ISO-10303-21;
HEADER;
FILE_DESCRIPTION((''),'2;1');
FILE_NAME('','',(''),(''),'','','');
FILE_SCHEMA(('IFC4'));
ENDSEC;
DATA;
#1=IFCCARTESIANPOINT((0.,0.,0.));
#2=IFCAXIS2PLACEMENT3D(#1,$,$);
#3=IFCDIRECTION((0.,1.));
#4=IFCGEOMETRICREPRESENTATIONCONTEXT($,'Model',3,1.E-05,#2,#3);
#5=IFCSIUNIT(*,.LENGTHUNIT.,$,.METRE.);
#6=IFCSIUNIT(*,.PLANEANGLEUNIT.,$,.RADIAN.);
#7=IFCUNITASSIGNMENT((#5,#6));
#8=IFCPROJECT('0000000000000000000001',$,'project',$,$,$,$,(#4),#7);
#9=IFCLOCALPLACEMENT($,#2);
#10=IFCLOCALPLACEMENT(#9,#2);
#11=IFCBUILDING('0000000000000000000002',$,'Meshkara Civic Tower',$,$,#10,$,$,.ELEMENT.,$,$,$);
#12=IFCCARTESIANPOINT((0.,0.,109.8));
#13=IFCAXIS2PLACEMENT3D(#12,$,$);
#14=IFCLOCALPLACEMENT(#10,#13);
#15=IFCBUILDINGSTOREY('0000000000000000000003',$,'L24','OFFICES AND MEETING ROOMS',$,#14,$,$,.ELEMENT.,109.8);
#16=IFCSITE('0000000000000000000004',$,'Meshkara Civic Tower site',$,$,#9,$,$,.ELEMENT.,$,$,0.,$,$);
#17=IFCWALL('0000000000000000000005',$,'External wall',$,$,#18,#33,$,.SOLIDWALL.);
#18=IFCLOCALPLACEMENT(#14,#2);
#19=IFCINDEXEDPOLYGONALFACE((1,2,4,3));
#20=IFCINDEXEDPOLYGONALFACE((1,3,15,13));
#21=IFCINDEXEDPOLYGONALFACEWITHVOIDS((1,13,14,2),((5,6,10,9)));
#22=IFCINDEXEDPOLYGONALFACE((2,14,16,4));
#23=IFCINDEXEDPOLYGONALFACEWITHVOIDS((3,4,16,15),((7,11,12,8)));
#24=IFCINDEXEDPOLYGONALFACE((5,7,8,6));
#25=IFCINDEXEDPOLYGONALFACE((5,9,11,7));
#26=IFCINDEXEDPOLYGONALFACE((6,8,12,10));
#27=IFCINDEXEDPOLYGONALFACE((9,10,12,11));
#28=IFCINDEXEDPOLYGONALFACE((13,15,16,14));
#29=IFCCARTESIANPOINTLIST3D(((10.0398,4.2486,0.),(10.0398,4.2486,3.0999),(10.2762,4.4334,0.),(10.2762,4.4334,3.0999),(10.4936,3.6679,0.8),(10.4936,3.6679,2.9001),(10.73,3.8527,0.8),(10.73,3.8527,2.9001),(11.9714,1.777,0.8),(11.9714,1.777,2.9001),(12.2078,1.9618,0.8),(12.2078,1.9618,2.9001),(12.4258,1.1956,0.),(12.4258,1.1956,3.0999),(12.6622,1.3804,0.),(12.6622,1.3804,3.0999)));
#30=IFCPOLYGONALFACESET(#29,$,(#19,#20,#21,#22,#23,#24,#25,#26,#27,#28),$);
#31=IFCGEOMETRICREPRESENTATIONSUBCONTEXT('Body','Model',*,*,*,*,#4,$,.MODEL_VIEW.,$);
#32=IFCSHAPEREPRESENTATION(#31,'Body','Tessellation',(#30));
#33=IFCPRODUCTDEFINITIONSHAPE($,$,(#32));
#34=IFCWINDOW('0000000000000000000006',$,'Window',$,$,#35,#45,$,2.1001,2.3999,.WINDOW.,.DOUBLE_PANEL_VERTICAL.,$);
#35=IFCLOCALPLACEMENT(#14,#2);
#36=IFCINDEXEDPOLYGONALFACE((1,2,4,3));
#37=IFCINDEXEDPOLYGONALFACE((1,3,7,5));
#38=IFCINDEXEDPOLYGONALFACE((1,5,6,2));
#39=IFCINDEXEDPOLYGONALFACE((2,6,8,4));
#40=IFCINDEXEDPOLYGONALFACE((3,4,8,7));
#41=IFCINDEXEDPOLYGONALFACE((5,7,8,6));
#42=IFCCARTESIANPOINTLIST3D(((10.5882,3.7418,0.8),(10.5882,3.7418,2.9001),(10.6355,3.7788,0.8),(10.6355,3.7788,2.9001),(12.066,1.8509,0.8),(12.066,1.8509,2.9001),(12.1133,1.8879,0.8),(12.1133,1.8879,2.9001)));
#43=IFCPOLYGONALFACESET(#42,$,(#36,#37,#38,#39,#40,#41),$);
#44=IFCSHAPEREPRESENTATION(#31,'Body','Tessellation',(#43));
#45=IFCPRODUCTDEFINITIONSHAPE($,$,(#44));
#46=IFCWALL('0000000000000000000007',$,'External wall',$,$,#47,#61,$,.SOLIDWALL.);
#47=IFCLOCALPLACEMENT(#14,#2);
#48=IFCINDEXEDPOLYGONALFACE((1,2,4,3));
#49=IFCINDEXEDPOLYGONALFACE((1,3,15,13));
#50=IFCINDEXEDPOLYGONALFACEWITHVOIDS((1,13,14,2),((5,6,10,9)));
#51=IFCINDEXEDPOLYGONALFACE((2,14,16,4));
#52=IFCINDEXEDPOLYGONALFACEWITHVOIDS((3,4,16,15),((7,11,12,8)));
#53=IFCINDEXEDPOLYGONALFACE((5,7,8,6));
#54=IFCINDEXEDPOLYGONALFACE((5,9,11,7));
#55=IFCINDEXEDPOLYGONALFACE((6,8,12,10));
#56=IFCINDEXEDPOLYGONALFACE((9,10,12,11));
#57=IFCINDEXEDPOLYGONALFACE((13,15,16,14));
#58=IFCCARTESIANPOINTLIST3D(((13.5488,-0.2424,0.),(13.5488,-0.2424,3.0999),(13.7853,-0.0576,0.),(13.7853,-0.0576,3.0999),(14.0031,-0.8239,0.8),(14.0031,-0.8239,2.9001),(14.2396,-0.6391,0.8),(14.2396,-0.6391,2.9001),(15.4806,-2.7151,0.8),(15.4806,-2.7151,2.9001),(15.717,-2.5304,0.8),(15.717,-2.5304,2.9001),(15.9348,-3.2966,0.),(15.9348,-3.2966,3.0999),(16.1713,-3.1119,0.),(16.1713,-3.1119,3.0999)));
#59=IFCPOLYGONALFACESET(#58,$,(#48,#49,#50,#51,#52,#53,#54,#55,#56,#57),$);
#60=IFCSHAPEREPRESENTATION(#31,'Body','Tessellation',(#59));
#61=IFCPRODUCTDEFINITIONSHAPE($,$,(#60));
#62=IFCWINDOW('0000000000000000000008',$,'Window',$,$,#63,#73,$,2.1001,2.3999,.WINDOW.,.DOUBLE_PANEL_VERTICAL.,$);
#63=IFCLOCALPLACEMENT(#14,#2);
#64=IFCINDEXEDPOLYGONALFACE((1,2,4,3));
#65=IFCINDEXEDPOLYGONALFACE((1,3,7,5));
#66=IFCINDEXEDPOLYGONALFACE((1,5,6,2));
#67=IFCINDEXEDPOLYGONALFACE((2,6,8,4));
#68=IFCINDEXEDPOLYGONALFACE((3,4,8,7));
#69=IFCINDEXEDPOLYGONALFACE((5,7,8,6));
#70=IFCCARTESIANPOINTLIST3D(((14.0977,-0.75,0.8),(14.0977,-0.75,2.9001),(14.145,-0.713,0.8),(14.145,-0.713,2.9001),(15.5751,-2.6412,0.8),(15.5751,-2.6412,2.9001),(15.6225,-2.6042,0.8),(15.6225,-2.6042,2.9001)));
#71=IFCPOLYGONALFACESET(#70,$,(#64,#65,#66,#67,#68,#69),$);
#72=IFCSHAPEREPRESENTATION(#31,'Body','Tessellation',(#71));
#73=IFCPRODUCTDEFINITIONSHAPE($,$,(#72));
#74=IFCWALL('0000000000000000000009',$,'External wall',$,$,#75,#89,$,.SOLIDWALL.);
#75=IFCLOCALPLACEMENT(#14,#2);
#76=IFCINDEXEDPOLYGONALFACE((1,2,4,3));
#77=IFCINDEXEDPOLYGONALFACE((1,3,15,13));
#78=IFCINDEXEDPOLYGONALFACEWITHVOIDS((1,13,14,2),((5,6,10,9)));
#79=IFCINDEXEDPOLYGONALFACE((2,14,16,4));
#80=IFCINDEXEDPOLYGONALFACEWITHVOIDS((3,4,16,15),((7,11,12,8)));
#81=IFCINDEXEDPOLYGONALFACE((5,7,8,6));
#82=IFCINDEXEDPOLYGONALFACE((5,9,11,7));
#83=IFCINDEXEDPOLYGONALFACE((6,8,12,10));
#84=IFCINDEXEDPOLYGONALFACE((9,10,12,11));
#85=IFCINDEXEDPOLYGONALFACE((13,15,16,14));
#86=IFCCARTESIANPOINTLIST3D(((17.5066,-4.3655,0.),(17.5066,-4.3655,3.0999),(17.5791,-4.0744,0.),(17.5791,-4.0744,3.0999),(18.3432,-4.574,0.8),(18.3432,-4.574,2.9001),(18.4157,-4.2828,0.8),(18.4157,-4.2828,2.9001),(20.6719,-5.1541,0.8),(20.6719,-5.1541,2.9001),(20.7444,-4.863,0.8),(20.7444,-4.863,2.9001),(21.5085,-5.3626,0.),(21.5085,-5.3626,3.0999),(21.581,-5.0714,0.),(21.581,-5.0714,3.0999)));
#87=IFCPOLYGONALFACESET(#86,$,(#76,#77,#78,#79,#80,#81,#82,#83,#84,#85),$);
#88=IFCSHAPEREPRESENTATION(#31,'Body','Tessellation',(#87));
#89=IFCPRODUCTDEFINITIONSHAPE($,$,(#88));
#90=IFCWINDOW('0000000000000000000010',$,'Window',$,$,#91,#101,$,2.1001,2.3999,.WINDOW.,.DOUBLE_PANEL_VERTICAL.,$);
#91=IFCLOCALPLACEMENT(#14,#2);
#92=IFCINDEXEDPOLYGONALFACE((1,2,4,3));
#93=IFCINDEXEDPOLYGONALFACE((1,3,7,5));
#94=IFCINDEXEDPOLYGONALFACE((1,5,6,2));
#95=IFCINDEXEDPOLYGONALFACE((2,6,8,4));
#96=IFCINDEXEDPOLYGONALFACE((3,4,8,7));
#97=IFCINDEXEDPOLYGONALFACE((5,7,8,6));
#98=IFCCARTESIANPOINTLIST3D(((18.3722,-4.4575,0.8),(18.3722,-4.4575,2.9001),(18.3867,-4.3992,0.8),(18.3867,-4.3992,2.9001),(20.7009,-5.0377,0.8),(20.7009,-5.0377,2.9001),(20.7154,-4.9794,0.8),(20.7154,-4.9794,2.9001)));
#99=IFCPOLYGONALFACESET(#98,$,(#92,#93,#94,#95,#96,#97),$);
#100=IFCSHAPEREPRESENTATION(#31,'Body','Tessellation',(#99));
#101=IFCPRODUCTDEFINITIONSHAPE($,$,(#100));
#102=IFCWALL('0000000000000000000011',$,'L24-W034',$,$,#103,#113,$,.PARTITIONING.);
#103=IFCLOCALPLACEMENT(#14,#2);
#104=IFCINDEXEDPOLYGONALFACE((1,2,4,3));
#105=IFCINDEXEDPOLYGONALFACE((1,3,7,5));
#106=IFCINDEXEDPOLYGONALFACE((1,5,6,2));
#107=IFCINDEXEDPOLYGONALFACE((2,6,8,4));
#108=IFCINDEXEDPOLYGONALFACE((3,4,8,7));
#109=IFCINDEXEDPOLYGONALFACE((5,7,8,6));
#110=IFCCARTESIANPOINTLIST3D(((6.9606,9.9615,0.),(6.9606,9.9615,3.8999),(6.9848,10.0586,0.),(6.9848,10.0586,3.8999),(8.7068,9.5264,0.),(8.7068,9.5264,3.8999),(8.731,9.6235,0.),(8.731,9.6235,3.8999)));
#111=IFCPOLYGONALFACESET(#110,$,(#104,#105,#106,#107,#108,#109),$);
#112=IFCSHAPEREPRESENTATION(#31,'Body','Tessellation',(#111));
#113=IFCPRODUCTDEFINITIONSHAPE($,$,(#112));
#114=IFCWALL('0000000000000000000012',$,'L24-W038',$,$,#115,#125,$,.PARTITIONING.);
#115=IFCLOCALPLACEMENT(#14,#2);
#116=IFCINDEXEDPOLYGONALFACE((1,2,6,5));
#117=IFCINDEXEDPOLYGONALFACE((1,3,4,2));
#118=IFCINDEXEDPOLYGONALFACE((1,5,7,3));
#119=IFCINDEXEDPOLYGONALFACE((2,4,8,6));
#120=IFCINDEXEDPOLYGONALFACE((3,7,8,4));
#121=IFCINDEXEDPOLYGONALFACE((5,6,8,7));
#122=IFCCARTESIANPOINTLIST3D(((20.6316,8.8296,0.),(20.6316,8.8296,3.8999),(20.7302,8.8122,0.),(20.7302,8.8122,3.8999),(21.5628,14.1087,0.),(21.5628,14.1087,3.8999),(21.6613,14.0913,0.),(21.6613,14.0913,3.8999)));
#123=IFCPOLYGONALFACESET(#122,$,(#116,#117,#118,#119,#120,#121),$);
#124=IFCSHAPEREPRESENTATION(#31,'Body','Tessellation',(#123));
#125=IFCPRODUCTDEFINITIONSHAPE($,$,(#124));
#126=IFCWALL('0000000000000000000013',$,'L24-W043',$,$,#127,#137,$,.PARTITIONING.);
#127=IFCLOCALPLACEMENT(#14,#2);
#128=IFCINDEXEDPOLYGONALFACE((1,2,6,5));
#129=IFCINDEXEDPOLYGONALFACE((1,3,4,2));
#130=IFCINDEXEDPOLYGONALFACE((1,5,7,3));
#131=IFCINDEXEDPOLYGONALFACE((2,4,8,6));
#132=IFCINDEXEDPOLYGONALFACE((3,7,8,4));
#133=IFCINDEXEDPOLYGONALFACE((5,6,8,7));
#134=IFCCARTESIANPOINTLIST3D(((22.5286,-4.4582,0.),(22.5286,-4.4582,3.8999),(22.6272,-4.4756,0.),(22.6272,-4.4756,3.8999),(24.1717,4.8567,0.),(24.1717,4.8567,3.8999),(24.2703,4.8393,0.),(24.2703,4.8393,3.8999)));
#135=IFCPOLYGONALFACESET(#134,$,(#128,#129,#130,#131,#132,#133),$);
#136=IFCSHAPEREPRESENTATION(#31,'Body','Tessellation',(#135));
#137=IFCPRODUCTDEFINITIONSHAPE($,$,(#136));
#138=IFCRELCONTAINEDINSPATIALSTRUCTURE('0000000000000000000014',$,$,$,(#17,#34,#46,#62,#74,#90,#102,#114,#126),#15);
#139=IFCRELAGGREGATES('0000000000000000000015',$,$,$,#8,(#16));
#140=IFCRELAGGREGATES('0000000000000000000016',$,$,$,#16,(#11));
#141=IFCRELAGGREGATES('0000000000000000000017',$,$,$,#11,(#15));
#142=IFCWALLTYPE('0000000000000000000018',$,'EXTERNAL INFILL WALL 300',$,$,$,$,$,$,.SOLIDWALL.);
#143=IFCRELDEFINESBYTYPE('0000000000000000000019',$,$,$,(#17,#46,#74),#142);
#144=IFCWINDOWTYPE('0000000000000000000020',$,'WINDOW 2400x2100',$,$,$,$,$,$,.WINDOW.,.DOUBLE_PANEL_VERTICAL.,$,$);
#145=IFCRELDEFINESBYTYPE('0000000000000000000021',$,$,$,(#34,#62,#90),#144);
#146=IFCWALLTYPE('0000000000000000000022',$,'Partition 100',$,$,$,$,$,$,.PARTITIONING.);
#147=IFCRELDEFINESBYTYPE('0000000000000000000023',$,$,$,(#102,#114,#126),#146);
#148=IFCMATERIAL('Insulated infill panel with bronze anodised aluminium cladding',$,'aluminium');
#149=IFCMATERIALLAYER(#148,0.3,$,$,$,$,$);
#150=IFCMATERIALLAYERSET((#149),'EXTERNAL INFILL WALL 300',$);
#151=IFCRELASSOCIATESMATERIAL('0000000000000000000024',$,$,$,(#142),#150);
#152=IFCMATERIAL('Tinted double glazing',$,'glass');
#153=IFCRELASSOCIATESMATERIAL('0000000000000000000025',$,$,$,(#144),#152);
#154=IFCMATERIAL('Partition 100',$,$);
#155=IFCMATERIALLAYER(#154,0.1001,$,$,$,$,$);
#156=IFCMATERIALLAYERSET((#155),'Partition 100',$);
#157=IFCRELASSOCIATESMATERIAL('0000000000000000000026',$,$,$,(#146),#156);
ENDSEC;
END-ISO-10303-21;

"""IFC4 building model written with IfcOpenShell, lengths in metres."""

from ifc_helpers import new_model, si_unit, direction, frame, frame_2d, origin, place, context, subcontext, project, spatial, rectangle, extrude, material, layer, layer_set, type_object, element, fill, save


model = new_model("IFC4")

# Units and contexts
model_context = context("Model", 3, precision=1e-05, world=origin(), true_north=direction((0.0, 1.0)))
body_context = subcontext(model_context, "Body", "Model", "MODEL_VIEW")
ifc_project = project(units=[si_unit("LENGTHUNIT", "METRE"), si_unit("PLANEANGLEUNIT", "RADIAN")], contexts=[model_context])

# Site, building, storey
site_placement = place(None, origin())
site = spatial("IfcSite", under=ifc_project, at=site_placement, Name="Meshkara Civic Tower site", CompositionType="ELEMENT", RefElevation=0.0)
building_placement = place(site_placement, origin())
building = spatial("IfcBuilding", under=site, at=building_placement, Name="Meshkara Civic Tower", CompositionType="ELEMENT")
storey_placement = place(building_placement, frame((0.0, 0.0, 109.8)))
storey = spatial("IfcBuildingStorey", under=building, at=storey_placement, Name="L24", Description="OFFICES AND MEETING ROOMS", CompositionType="ELEMENT", Elevation=109.8)

# Walls, openings, windows
ifc_material_1 = material(Name="Insulated infill panel with bronze anodised aluminium cladding", Category="aluminium")
ifc_layer_1 = layer(ifc_material_1, 0.3)
ifc_layer_set_1 = layer_set([ifc_layer_1], Name="EXTERNAL INFILL WALL 300")
wall_type_1 = type_object("IfcWallType", Name="EXTERNAL INFILL WALL 300", PredefinedType="SOLIDWALL", material=ifc_layer_set_1)
wall_1_placement = place(storey_placement, frame((10.158, 4.3411, 0.0), z_axis=(0.0, 0.0, 1.0), x_axis=(0.61578, -0.787918, 0.0)))
wall_1 = element("IfcWall", 1, at=wall_1_placement, inside=storey, type_object=wall_type_1, Name="External wall", PredefinedType="SOLIDWALL", context=body_context, shape_type="SweptSolid", body=[
    extrude(rectangle(XDim=3.8748, YDim=0.3, at=frame_2d((1.9375, 0.0))), origin(), (0.0, 0.0, 1.0), 3.0999),
])
opening_1_placement = place(wall_1_placement, frame((0.7371, 0.0, 0.8)))
opening_1 = element("IfcOpeningElement", 2, at=opening_1_placement, cuts=wall_1, PredefinedType="OPENING", context=body_context, shape_type="SweptSolid", body=[
    extrude(rectangle(XDim=2.3999, YDim=2.1001, at=frame_2d((1.2, 1.05))), frame((0.0, 0.1599, 0.0), z_axis=(0.0, -1.0, 0.0), x_axis=(1.0, 0.0, 0.0)), (0.0, 0.0, 1.0), 0.3201),
])
ifc_material_2 = material(Name="Tinted double glazing", Category="glass")
window_type = type_object("IfcWindowType", Name="WINDOW 2400x2100", PartitioningType="DOUBLE_PANEL_VERTICAL", PredefinedType="WINDOW", material=ifc_material_2)
window_1_placement = place(opening_1_placement, origin())
window_1 = element("IfcWindow", 3, at=window_1_placement, inside=storey, type_object=window_type, Name="Window", OverallHeight=2.1001, OverallWidth=2.3999, PartitioningType="DOUBLE_PANEL_VERTICAL", PredefinedType="WINDOW", context=body_context, shape_type="SweptSolid", body=[
    extrude(rectangle(XDim=2.3999, YDim=2.1001, at=frame_2d((1.2, 1.05))), frame((0.0, 0.03, 0.0), z_axis=(0.0, -1.0, 0.0), x_axis=(1.0, 0.0, 0.0)), (0.0, 0.0, 1.0), 0.0601),
])
fill(opening_1, window_1)
wall_2_placement = place(storey_placement, frame((13.667, -0.1499, 0.0), z_axis=(0.0, 0.0, 1.0), x_axis=(0.615627, -0.788038, 0.0)))
wall_2 = element("IfcWall", 4, at=wall_2_placement, inside=storey, type_object=wall_type_1, Name="External wall", PredefinedType="SOLIDWALL", context=body_context, shape_type="SweptSolid", body=[
    extrude(rectangle(XDim=3.8757, YDim=0.3, at=frame_2d((1.938, 0.0))), origin(), (0.0, 0.0, 1.0), 3.0999),
])
opening_2_placement = place(wall_2_placement, frame((0.738, 0.0, 0.8)))
opening_2 = element("IfcOpeningElement", 5, at=opening_2_placement, cuts=wall_2, PredefinedType="OPENING", context=body_context, shape_type="SweptSolid", body=[
    extrude(rectangle(XDim=2.3999, YDim=2.1001, at=frame_2d((1.2, 1.05))), frame((0.0, 0.1599, 0.0), z_axis=(0.0, -1.0, 0.0), x_axis=(1.0, 0.0, 0.0)), (0.0, 0.0, 1.0), 0.3201),
])
window_2_placement = place(opening_2_placement, origin())
window_2 = element("IfcWindow", 6, at=window_2_placement, inside=storey, type_object=window_type, Name="Window", OverallHeight=2.1001, OverallWidth=2.3999, PartitioningType="DOUBLE_PANEL_VERTICAL", PredefinedType="WINDOW", context=body_context, shape_type="SweptSolid", body=[
    extrude(rectangle(XDim=2.3999, YDim=2.1001, at=frame_2d((1.2, 1.05))), frame((0.0, 0.03, 0.0), z_axis=(0.0, -1.0, 0.0), x_axis=(1.0, 0.0, 0.0)), (0.0, 0.0, 1.0), 0.0601),
])
fill(opening_2, window_2)
wall_3_placement = place(storey_placement, frame((17.543, -4.22, 0.0), z_axis=(0.0, 0.0, 1.0), x_axis=(0.970337, -0.241756, 0.0)))
wall_3 = element("IfcWall", 7, at=wall_3_placement, inside=storey, type_object=wall_type_1, Name="External wall", PredefinedType="SOLIDWALL", context=body_context, shape_type="SweptSolid", body=[
    extrude(rectangle(XDim=4.1243, YDim=0.3, at=frame_2d((2.062, 0.0))), origin(), (0.0, 0.0, 1.0), 3.0999),
])
opening_3_placement = place(wall_3_placement, frame((0.8621, 0.0, 0.8)))
opening_3 = element("IfcOpeningElement", 8, at=opening_3_placement, cuts=wall_3, PredefinedType="OPENING", context=body_context, shape_type="SweptSolid", body=[
    extrude(rectangle(XDim=2.3999, YDim=2.1001, at=frame_2d((1.2, 1.05))), frame((0.0, 0.1599, 0.0), z_axis=(0.0, -1.0, 0.0), x_axis=(1.0, 0.0, 0.0)), (0.0, 0.0, 1.0), 0.3201),
])
window_3_placement = place(opening_3_placement, origin())
window_3 = element("IfcWindow", 9, at=window_3_placement, inside=storey, type_object=window_type, Name="Window", OverallHeight=2.1001, OverallWidth=2.3999, PartitioningType="DOUBLE_PANEL_VERTICAL", PredefinedType="WINDOW", context=body_context, shape_type="SweptSolid", body=[
    extrude(rectangle(XDim=2.3999, YDim=2.1001, at=frame_2d((1.2, 1.05))), frame((0.0, 0.03, 0.0), z_axis=(0.0, -1.0, 0.0), x_axis=(1.0, 0.0, 0.0)), (0.0, 0.0, 1.0), 0.0601),
])
fill(opening_3, window_3)

# Walls
ifc_material_3 = material(Name="Partition 100")
ifc_layer_2 = layer(ifc_material_3, 0.1001)
ifc_layer_set_2 = layer_set([ifc_layer_2], Name="Partition 100")
wall_type_2 = type_object("IfcWallType", Name="Partition 100", PredefinedType="PARTITIONING", material=ifc_layer_set_2)
wall_4_placement = place(storey_placement, frame((8.719, 9.575, 0.0), z_axis=(0.0, 0.0, 1.0), x_axis=(-0.970334, 0.241769, 0.0)))
element("IfcWall", 10, at=wall_4_placement, inside=storey, type_object=wall_type_2, Name="L24-W034", PredefinedType="PARTITIONING", context=body_context, shape_type="SweptSolid", body=[
    extrude(rectangle(XDim=1.7996, YDim=0.1001, at=frame_2d((0.8999, 0.0))), origin(), (0.0, 0.0, 1.0), 3.8999),
])
wall_5_placement = place(storey_placement, frame((20.6809, 8.821, 0.0), z_axis=(0.0, 0.0, 1.0), x_axis=(0.173705, 0.984798, 0.0)))
element("IfcWall", 11, at=wall_5_placement, inside=storey, type_object=wall_type_2, Name="L24-W038", PredefinedType="PARTITIONING", context=body_context, shape_type="SweptSolid", body=[
    extrude(rectangle(XDim=5.3606, YDim=0.1001, at=frame_2d((2.6802, 0.0))), origin(), (0.0, 0.0, 1.0), 3.8999),
])
wall_6_placement = place(storey_placement, frame((22.5779, -4.467, 0.0), z_axis=(0.0, 0.0, 1.0), x_axis=(0.173709, 0.984797, 0.0)))
element("IfcWall", 12, at=wall_6_placement, inside=storey, type_object=wall_type_2, Name="L24-W043", PredefinedType="PARTITIONING", context=body_context, shape_type="SweptSolid", body=[
    extrude(rectangle(XDim=9.4587, YDim=0.1001, at=frame_2d((4.7295, 0.0))), origin(), (0.0, 0.0, 1.0), 3.8999),
])

save(model, "model.ifc")
